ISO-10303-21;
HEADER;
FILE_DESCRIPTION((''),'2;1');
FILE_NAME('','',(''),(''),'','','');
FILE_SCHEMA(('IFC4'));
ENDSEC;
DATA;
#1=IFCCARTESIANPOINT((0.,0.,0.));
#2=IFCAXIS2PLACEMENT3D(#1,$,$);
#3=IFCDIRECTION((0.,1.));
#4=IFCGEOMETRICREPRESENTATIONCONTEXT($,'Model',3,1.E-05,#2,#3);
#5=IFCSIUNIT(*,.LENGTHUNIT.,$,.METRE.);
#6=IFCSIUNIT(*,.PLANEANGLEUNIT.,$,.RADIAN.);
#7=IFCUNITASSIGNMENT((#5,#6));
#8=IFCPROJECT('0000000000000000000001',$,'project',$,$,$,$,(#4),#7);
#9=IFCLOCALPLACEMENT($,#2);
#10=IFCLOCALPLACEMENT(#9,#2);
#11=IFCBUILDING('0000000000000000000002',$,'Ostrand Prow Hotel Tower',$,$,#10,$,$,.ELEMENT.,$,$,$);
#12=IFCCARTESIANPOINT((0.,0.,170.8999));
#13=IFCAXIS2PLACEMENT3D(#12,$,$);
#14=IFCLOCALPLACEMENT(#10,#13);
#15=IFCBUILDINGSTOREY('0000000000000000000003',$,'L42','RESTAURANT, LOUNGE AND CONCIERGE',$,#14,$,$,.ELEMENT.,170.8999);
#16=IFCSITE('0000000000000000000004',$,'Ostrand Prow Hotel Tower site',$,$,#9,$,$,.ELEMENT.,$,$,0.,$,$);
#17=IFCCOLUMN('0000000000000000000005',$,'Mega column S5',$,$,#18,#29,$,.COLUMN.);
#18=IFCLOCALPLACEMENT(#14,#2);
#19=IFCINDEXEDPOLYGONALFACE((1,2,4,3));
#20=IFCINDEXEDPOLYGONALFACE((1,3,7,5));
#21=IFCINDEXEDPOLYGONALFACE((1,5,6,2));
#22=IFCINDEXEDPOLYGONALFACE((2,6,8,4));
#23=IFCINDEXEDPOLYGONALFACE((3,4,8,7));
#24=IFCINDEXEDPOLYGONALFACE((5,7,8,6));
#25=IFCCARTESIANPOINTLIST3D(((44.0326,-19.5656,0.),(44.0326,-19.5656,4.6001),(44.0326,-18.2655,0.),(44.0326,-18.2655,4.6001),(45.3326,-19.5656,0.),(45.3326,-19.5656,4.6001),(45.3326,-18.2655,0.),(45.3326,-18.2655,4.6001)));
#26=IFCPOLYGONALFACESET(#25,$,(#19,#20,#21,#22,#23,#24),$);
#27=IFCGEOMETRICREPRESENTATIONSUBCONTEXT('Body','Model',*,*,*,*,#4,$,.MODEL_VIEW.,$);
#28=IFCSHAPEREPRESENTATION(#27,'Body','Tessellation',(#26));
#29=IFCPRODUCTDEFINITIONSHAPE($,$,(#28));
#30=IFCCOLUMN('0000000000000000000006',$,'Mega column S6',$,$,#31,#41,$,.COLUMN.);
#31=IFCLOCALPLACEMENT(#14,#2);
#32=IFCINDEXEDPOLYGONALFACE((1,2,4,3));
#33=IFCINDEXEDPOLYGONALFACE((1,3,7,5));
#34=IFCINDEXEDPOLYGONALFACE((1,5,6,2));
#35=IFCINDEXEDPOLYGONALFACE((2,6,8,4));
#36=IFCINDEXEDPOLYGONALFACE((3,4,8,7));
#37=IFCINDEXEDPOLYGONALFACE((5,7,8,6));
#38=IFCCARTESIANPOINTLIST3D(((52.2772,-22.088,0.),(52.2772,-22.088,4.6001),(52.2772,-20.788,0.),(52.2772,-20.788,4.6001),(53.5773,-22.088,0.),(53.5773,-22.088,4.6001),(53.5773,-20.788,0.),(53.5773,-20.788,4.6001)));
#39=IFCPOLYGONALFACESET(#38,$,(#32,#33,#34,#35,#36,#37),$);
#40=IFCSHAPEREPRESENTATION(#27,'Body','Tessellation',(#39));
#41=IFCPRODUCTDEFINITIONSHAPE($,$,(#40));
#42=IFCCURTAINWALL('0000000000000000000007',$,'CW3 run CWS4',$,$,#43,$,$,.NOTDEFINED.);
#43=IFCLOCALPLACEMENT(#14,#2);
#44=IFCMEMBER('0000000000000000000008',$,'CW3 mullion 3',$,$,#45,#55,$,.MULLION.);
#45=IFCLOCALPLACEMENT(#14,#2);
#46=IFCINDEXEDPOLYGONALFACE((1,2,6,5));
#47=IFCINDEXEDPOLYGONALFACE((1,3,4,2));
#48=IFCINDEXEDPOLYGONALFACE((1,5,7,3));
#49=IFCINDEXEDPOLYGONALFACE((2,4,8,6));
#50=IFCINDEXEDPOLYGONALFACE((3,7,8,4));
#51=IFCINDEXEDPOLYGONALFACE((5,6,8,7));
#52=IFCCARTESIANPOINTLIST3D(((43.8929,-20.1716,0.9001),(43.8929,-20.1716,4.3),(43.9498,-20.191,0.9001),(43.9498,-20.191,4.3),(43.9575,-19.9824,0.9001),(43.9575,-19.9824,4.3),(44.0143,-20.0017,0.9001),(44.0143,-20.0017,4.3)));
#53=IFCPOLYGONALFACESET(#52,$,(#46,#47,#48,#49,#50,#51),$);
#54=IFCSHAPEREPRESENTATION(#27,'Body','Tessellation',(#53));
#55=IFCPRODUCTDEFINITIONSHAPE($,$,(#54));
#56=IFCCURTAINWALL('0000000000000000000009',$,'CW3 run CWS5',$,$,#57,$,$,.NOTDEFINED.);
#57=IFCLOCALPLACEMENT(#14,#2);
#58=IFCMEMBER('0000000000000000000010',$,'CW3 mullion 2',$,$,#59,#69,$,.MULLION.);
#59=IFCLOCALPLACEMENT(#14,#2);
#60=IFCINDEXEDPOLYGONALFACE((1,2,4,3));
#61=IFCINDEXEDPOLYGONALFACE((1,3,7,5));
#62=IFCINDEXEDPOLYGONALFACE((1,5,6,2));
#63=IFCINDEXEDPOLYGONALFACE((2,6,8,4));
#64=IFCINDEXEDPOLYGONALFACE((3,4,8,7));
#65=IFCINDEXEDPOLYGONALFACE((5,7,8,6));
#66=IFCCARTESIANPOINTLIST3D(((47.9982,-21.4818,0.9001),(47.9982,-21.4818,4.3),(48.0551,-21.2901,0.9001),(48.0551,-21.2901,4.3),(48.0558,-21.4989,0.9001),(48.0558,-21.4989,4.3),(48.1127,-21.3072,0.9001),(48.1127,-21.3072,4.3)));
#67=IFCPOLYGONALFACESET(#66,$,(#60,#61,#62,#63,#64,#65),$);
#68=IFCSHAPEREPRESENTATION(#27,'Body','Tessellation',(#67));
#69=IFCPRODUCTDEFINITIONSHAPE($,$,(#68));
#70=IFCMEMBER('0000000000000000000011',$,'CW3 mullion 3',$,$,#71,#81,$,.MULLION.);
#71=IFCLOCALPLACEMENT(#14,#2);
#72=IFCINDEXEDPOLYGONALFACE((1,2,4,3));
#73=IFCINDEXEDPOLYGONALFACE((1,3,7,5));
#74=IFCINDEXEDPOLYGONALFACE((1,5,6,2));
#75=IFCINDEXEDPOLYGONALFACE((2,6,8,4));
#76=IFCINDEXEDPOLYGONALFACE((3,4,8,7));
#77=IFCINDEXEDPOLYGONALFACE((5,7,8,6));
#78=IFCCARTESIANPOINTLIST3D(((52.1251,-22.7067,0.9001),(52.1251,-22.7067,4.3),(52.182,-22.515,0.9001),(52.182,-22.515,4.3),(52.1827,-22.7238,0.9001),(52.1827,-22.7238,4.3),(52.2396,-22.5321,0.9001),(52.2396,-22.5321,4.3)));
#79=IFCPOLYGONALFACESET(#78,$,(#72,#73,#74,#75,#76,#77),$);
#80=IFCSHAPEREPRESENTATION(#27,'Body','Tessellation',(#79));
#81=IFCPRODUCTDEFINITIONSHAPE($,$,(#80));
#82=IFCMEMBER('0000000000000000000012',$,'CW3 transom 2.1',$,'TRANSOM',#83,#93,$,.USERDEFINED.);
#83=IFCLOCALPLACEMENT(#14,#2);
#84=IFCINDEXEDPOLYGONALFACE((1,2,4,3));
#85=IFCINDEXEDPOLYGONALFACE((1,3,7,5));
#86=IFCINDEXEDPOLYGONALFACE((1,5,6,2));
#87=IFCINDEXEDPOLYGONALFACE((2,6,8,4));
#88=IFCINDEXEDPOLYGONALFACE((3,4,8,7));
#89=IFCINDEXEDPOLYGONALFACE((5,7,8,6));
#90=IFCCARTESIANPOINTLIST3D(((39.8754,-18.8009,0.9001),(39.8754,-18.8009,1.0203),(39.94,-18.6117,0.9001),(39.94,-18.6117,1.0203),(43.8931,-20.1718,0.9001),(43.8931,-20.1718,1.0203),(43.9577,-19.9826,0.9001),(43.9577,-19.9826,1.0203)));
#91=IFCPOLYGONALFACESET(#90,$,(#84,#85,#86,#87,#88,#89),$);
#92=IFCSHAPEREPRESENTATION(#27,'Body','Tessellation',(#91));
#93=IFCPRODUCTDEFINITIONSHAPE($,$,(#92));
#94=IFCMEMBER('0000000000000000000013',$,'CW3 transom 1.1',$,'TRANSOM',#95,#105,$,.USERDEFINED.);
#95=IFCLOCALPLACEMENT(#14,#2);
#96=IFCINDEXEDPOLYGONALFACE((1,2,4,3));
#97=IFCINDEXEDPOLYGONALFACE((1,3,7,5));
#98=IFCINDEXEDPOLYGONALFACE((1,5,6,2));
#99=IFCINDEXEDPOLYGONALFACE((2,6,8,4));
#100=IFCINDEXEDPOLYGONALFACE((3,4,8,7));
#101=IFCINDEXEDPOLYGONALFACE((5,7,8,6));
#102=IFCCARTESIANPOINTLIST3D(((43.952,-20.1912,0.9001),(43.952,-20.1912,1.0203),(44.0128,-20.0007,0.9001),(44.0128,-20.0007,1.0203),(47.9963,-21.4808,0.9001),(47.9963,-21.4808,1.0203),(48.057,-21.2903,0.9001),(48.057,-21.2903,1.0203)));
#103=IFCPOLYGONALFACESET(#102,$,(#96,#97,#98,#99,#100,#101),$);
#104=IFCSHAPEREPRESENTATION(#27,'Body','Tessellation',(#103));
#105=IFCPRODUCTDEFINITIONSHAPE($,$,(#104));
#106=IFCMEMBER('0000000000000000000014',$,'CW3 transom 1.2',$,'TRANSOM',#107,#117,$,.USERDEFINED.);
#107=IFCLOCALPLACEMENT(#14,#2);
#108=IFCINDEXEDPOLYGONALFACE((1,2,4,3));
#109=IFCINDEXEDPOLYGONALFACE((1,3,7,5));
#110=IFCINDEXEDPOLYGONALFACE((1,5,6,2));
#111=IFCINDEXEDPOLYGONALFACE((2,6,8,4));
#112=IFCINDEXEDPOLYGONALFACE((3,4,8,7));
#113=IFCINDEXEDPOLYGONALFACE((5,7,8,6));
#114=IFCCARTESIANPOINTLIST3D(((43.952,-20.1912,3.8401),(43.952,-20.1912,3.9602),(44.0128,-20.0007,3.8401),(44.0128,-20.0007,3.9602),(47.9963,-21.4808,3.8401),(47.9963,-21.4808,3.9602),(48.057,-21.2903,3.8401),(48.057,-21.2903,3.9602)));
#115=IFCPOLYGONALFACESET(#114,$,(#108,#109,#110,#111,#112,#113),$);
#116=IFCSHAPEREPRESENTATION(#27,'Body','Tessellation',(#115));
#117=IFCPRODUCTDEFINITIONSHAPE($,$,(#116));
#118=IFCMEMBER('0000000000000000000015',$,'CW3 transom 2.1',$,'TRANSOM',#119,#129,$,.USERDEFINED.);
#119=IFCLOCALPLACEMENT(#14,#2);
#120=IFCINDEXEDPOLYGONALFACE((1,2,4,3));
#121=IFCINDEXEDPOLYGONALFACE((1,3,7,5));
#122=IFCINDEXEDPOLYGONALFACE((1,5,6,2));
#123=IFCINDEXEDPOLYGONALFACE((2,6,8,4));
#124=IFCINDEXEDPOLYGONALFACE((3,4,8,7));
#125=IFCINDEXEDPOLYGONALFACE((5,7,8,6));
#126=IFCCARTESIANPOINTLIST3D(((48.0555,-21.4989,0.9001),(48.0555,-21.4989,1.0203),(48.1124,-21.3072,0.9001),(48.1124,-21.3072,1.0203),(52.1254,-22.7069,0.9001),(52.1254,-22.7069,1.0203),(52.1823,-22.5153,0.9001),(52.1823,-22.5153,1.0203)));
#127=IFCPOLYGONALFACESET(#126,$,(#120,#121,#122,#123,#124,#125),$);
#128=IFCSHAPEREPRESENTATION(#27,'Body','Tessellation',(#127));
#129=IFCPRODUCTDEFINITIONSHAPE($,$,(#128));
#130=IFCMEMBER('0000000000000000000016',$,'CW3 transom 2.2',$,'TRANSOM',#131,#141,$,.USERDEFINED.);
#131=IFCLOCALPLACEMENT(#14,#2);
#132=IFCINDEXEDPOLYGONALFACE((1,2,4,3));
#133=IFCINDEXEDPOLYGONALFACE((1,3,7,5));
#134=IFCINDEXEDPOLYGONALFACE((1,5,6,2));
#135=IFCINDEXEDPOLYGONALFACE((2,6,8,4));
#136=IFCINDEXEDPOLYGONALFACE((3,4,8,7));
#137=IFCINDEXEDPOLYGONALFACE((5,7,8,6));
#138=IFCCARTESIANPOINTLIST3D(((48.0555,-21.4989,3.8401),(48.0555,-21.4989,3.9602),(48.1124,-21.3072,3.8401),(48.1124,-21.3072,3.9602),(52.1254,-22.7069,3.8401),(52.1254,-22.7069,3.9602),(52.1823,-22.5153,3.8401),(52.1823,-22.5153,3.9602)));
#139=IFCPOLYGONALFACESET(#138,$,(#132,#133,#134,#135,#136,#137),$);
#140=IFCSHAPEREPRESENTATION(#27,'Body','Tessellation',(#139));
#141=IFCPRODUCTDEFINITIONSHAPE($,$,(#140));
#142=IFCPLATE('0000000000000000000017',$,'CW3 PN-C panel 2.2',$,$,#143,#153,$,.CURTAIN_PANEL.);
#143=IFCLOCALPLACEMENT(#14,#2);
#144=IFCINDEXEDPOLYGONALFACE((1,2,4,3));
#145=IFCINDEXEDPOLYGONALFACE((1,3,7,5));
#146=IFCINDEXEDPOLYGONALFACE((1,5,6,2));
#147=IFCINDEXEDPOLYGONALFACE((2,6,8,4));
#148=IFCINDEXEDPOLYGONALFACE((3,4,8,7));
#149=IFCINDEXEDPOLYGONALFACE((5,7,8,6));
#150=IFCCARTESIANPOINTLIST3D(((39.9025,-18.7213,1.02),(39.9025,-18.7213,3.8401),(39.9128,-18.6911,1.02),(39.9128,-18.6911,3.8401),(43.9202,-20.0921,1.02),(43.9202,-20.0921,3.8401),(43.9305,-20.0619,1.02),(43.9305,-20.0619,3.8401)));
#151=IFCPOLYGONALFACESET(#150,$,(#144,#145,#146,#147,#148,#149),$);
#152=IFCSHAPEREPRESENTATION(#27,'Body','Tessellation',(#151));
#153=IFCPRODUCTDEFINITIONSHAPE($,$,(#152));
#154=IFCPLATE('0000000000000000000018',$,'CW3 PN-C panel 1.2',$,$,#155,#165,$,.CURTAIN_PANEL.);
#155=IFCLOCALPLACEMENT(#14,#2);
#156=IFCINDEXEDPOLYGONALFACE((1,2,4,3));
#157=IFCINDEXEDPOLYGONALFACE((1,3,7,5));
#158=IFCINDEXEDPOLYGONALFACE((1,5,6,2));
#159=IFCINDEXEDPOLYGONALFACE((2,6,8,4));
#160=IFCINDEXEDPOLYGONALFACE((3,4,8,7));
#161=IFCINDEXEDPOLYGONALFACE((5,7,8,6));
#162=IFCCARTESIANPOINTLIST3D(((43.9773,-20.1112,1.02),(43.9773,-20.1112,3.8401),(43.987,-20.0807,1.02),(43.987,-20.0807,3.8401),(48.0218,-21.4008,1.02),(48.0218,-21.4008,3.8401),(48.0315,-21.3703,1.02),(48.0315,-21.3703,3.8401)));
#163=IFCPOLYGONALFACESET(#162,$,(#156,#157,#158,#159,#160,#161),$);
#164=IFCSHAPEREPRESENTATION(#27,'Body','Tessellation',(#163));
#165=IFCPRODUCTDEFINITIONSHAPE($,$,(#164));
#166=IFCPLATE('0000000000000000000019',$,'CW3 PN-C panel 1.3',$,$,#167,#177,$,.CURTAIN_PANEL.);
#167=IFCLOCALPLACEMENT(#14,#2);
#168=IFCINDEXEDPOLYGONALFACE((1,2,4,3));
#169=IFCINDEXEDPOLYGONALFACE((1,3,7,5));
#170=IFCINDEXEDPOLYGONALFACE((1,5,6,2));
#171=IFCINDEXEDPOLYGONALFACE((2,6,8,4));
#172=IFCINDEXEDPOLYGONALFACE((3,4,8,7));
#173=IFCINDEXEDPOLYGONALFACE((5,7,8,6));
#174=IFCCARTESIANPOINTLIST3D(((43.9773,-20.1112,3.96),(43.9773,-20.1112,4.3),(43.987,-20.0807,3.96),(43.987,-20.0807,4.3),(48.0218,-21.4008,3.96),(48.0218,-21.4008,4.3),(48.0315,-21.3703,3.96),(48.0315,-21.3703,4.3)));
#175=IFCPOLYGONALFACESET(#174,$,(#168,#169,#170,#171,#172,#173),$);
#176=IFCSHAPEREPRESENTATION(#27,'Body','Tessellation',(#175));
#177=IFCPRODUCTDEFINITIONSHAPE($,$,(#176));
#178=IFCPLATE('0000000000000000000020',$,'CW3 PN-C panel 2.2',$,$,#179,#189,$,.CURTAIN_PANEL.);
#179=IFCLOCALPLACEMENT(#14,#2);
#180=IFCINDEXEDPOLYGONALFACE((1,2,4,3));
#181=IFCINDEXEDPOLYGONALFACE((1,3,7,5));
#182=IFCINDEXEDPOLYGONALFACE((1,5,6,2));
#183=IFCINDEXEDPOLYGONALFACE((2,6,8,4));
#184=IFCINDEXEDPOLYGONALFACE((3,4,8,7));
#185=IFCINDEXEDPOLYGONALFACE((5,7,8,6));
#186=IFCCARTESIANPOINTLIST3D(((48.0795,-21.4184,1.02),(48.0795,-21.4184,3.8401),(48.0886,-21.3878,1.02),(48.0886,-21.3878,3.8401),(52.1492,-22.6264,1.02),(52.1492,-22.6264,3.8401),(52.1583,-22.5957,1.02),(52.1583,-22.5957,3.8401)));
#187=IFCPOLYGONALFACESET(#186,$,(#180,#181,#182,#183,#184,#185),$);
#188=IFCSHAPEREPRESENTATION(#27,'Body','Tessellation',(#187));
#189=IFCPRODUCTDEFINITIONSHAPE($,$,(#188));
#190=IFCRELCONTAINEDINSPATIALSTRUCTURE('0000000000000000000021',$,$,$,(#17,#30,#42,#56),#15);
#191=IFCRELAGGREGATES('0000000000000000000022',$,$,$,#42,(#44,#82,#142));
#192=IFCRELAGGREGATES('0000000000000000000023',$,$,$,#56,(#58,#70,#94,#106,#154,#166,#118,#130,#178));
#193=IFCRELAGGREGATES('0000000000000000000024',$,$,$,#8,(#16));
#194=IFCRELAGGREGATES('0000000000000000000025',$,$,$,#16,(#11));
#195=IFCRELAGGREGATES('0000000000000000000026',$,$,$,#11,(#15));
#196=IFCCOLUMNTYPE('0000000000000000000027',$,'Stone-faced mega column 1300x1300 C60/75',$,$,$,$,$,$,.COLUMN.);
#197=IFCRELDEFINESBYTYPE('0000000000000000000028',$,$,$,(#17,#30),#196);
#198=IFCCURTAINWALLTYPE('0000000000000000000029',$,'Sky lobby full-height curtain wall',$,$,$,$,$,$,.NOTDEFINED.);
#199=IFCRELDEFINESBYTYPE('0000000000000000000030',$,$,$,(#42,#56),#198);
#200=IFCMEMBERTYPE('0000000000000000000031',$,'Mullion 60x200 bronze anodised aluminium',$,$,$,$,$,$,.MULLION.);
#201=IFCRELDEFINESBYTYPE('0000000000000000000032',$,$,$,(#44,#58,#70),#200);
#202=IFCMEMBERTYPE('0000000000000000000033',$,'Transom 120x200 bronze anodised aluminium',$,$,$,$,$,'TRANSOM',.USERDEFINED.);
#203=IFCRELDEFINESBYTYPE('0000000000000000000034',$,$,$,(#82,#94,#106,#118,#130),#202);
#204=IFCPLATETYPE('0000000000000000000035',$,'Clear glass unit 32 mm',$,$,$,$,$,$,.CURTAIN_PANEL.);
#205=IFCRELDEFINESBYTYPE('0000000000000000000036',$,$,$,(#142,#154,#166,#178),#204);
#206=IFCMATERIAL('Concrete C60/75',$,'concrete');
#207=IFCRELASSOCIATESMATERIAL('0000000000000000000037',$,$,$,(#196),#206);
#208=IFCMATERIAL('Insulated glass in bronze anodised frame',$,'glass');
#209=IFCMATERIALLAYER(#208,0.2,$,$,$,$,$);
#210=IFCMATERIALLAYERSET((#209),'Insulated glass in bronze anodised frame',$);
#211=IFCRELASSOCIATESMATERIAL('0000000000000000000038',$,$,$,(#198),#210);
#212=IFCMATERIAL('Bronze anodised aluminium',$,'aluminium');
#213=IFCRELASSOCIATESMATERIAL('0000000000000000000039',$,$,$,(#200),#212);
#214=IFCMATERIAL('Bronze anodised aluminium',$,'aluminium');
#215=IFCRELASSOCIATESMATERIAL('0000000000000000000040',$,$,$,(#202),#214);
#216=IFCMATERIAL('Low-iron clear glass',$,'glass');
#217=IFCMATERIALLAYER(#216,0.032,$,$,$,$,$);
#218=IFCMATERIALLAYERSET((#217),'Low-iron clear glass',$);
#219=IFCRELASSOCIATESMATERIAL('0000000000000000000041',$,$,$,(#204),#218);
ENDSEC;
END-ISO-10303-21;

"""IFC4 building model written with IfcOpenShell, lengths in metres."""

from ifc_helpers import new_model, si_unit, direction, frame, origin, origin_2d, place, context, subcontext, project, spatial, rectangle, extrude, material, layer, layer_set, material_profile, profile_set, type_object, element, aggregate, save


model = new_model("IFC4")

# Units and contexts
model_context = context("Model", 3, precision=1e-05, world=origin(), true_north=direction((0.0, 1.0)))
body_context = subcontext(model_context, "Body", "Model", "MODEL_VIEW")
ifc_project = project(units=[si_unit("LENGTHUNIT", "METRE"), si_unit("PLANEANGLEUNIT", "RADIAN")], contexts=[model_context])

# Site, building, storey
site_placement = place(None, origin())
site = spatial("IfcSite", under=ifc_project, at=site_placement, Name="Ostrand Prow Hotel Tower site", CompositionType="ELEMENT", RefElevation=0.0)
building_placement = place(site_placement, origin())
building = spatial("IfcBuilding", under=site, at=building_placement, Name="Ostrand Prow Hotel Tower", CompositionType="ELEMENT")
storey_placement = place(building_placement, frame((0.0, 0.0, 170.8999)))
storey = spatial("IfcBuildingStorey", under=building, at=storey_placement, Name="L42", Description="RESTAURANT, LOUNGE AND CONCIERGE", CompositionType="ELEMENT", Elevation=170.8999)

# Columns
ifc_material_1 = material(Name="Concrete C60/75", Category="concrete")
ifc_material_profile_1 = material_profile(ifc_material_1, rectangle(XDim=1.3, YDim=1.3, at=origin_2d()), Name="RC 1300x1300")
ifc_profile_set_1 = profile_set([ifc_material_profile_1], Name="Concrete C60/75")
column_type = type_object("IfcColumnType", Name="Stone-faced mega column 1300x1300 C60/75", PredefinedType="COLUMN", material=ifc_profile_set_1)
for number, where, z_axis, x_axis, name in (
    (1, (44.6826, -18.9155, 0.0), (0.0, 0.0, 1.0), (1.0, 0.0, 0.0), "Mega column S5"),
    (2, (52.9272, -21.438, 0.0), (0.0, 0.0, 1.0), (1.0, 0.0, 0.0), "Mega column S6"),
):
    element("IfcColumn", number, at=place(storey_placement, frame(where, z_axis=z_axis, x_axis=x_axis)), inside=storey, type_object=column_type, Name=name, PredefinedType="COLUMN", context=body_context, shape_type="SweptSolid", body=[
        extrude(rectangle(XDim=1.3, YDim=1.3, at=origin_2d()), origin(), (0.0, 0.0, 1.0), 4.6001),
    ])

# Curtain wall, member
ifc_material_2 = material(Name="Insulated glass in bronze anodised frame", Category="glass")
ifc_layer_1 = layer(ifc_material_2, 0.2)
ifc_layer_set_1 = layer_set([ifc_layer_1], Name="Insulated glass in bronze anodised frame")
curtain_wall_type = type_object("IfcCurtainWallType", Name="Sky lobby full-height curtain wall", PredefinedType="NOTDEFINED", material=ifc_layer_set_1)
curtain_wall_1_placement = place(storey_placement, origin())
curtain_wall_1 = element("IfcCurtainWall", 3, at=curtain_wall_1_placement, inside=storey, type_object=curtain_wall_type, Name="CW3 run CWS4", PredefinedType="NOTDEFINED")
ifc_material_3 = material(Name="Bronze anodised aluminium", Category="aluminium")
ifc_material_profile_2 = material_profile(ifc_material_3, rectangle(XDim=0.2, YDim=0.0601, at=origin_2d()), Name="Mullion 60x200 bronze anodised aluminium")
ifc_profile_set_2 = profile_set([ifc_material_profile_2], Name="Bronze anodised aluminium")
member_type_1 = type_object("IfcMemberType", Name="Mullion 60x200 bronze anodised aluminium", PredefinedType="MULLION", material=ifc_profile_set_2)
member_1_placement = place(storey_placement, frame((43.9536, -20.0867, 0.9001), z_axis=(0.0, 0.0, 1.0), x_axis=(0.322908, 0.94643, 0.0)))
member_1 = element("IfcMember", 4, at=member_1_placement, type_object=member_type_1, Name="CW3 mullion 3", PredefinedType="MULLION", context=body_context, shape_type="SweptSolid", body=[
    extrude(rectangle(XDim=0.2, YDim=0.0601, at=origin_2d()), origin(), (0.0, 0.0, 1.0), 3.3999),
])

# Curtain wall, members
curtain_wall_2_placement = place(storey_placement, origin())
curtain_wall_2 = element("IfcCurtainWall", 5, at=curtain_wall_2_placement, inside=storey, type_object=curtain_wall_type, Name="CW3 run CWS5", PredefinedType="NOTDEFINED")
member_2_placement = place(storey_placement, frame((48.0554, -21.3945, 0.9001), z_axis=(0.0, 0.0, 1.0), x_axis=(0.284544, 0.958663, 0.0)))
member_2 = element("IfcMember", 6, at=member_2_placement, type_object=member_type_1, Name="CW3 mullion 2", PredefinedType="MULLION", context=body_context, shape_type="SweptSolid", body=[
    extrude(rectangle(XDim=0.2, YDim=0.0601, at=origin_2d()), origin(), (0.0, 0.0, 1.0), 3.3999),
])
member_3_placement = place(storey_placement, frame((52.1824, -22.6194, 0.9001), z_axis=(0.0, 0.0, 1.0), x_axis=(0.284544, 0.958663, 0.0)))
member_3 = element("IfcMember", 7, at=member_3_placement, type_object=member_type_1, Name="CW3 mullion 3", PredefinedType="MULLION", context=body_context, shape_type="SweptSolid", body=[
    extrude(rectangle(XDim=0.2, YDim=0.0601, at=origin_2d()), origin(), (0.0, 0.0, 1.0), 3.3999),
])

# Members
ifc_material_4 = material(Name="Bronze anodised aluminium", Category="aluminium")
ifc_material_profile_3 = material_profile(ifc_material_4, rectangle(XDim=0.2, YDim=0.1201, at=origin_2d()), Name="Transom 120x200 bronze anodised aluminium")
ifc_profile_set_3 = profile_set([ifc_material_profile_3], Name="Bronze anodised aluminium")
member_type_2 = type_object("IfcMemberType", Name="Transom 120x200 bronze anodised aluminium", ElementType="TRANSOM", PredefinedType="USERDEFINED", material=ifc_profile_set_3)
member_4_placement = place(storey_placement, frame((39.9077, -18.7063, 0.9602), z_axis=(0.946422, -0.322932, 0.0), x_axis=(0.322932, 0.946422, 0.0)))
member_4 = element("IfcMember", 8, at=member_4_placement, type_object=member_type_2, Name="CW3 transom 2.1", ObjectType="TRANSOM", PredefinedType="USERDEFINED", context=body_context, shape_type="SweptSolid", body=[
    extrude(rectangle(XDim=0.2, YDim=0.1201, at=origin_2d()), origin(), (0.0, 0.0, 1.0), 4.2451),
])
member_5_placement = place(storey_placement, frame((43.9824, -20.0959, 0.9602), z_axis=(0.952738, -0.303795, 0.0), x_axis=(0.303795, 0.952738, 0.0)))
member_5 = element("IfcMember", 9, at=member_5_placement, type_object=member_type_2, Name="CW3 transom 1.1", ObjectType="TRANSOM", PredefinedType="USERDEFINED", context=body_context, shape_type="SweptSolid", body=[
    extrude(rectangle(XDim=0.2, YDim=0.1201, at=origin_2d()), origin(), (0.0, 0.0, 1.0), 4.2449),
])
member_6_placement = place(storey_placement, frame((43.9824, -20.0959, 3.9001), z_axis=(0.952738, -0.303795, 0.0), x_axis=(0.303795, 0.952738, 0.0)))
member_6 = element("IfcMember", 10, at=member_6_placement, type_object=member_type_2, Name="CW3 transom 1.2", ObjectType="TRANSOM", PredefinedType="USERDEFINED", context=body_context, shape_type="SweptSolid", body=[
    extrude(rectangle(XDim=0.2, YDim=0.1201, at=origin_2d()), origin(), (0.0, 0.0, 1.0), 4.2449),
])
member_7_placement = place(storey_placement, frame((48.084, -21.4031, 0.9602), z_axis=(0.958661, -0.28455, 0.0), x_axis=(0.28455, 0.958661, 0.0)))
member_7 = element("IfcMember", 11, at=member_7_placement, type_object=member_type_2, Name="CW3 transom 2.1", ObjectType="TRANSOM", PredefinedType="USERDEFINED", context=body_context, shape_type="SweptSolid", body=[
    extrude(rectangle(XDim=0.2, YDim=0.1201, at=origin_2d()), origin(), (0.0, 0.0, 1.0), 4.2454),
])
member_8_placement = place(storey_placement, frame((48.084, -21.4031, 3.9001), z_axis=(0.958661, -0.28455, 0.0), x_axis=(0.28455, 0.958661, 0.0)))
member_8 = element("IfcMember", 12, at=member_8_placement, type_object=member_type_2, Name="CW3 transom 2.2", ObjectType="TRANSOM", PredefinedType="USERDEFINED", context=body_context, shape_type="SweptSolid", body=[
    extrude(rectangle(XDim=0.2, YDim=0.1201, at=origin_2d()), origin(), (0.0, 0.0, 1.0), 4.2454),
])

# Plates
ifc_material_5 = material(Name="Low-iron clear glass", Category="glass")
ifc_layer_2 = layer(ifc_material_5, 0.032)
ifc_layer_set_2 = layer_set([ifc_layer_2], Name="Low-iron clear glass")
plate_type_1 = type_object("IfcPlateType", Name="Clear glass unit 32 mm", PredefinedType="CURTAIN_PANEL", material=ifc_layer_set_2)
plate_1_placement = place(storey_placement, frame((41.9165, -19.3916, 1.02), z_axis=(0.0, 0.0, 1.0), x_axis=(0.94643, -0.322908, 0.0)))
plate_1 = element("IfcPlate", 13, at=plate_1_placement, type_object=plate_type_1, Name="CW3 PN-C panel 2.2", PredefinedType="CURTAIN_PANEL", context=body_context, shape_type="SweptSolid", body=[
    extrude(rectangle(XDim=4.2451, YDim=0.032, at=origin_2d()), origin(), (0.0, 0.0, 1.0), 2.8201),
])
plate_2_placement = place(storey_placement, frame((46.0044, -20.7407, 1.02), z_axis=(0.0, 0.0, 1.0), x_axis=(0.95274, -0.303787, 0.0)))
plate_2 = element("IfcPlate", 14, at=plate_2_placement, type_object=plate_type_1, Name="CW3 PN-C panel 1.2", PredefinedType="CURTAIN_PANEL", context=body_context, shape_type="SweptSolid", body=[
    extrude(rectangle(XDim=4.2451, YDim=0.032, at=origin_2d()), origin(), (0.0, 0.0, 1.0), 2.8201),
])
plate_3_placement = place(storey_placement, frame((46.0044, -20.7407, 3.96), z_axis=(0.0, 0.0, 1.0), x_axis=(0.95274, -0.303787, 0.0)))
plate_3 = element("IfcPlate", 15, at=plate_3_placement, type_object=plate_type_1, Name="CW3 PN-C panel 1.3", PredefinedType="CURTAIN_PANEL", context=body_context, shape_type="SweptSolid", body=[
    extrude(rectangle(XDim=4.2451, YDim=0.032, at=origin_2d()), origin(), (0.0, 0.0, 1.0), 0.3401),
])
plate_4_placement = place(storey_placement, frame((50.1189, -22.0071, 1.02), z_axis=(0.0, 0.0, 1.0), x_axis=(0.958663, -0.284544, 0.0)))
plate_4 = element("IfcPlate", 16, at=plate_4_placement, type_object=plate_type_1, Name="CW3 PN-C panel 2.2", PredefinedType="CURTAIN_PANEL", context=body_context, shape_type="SweptSolid", body=[
    extrude(rectangle(XDim=4.2451, YDim=0.032, at=origin_2d()), origin(), (0.0, 0.0, 1.0), 2.8201),
])
aggregate(curtain_wall_1, [member_1, member_4, plate_1])
aggregate(curtain_wall_2, [member_2, member_3, member_5, member_6, plate_2, plate_3, member_7, member_8, plate_4])

save(model, "model.ifc")
